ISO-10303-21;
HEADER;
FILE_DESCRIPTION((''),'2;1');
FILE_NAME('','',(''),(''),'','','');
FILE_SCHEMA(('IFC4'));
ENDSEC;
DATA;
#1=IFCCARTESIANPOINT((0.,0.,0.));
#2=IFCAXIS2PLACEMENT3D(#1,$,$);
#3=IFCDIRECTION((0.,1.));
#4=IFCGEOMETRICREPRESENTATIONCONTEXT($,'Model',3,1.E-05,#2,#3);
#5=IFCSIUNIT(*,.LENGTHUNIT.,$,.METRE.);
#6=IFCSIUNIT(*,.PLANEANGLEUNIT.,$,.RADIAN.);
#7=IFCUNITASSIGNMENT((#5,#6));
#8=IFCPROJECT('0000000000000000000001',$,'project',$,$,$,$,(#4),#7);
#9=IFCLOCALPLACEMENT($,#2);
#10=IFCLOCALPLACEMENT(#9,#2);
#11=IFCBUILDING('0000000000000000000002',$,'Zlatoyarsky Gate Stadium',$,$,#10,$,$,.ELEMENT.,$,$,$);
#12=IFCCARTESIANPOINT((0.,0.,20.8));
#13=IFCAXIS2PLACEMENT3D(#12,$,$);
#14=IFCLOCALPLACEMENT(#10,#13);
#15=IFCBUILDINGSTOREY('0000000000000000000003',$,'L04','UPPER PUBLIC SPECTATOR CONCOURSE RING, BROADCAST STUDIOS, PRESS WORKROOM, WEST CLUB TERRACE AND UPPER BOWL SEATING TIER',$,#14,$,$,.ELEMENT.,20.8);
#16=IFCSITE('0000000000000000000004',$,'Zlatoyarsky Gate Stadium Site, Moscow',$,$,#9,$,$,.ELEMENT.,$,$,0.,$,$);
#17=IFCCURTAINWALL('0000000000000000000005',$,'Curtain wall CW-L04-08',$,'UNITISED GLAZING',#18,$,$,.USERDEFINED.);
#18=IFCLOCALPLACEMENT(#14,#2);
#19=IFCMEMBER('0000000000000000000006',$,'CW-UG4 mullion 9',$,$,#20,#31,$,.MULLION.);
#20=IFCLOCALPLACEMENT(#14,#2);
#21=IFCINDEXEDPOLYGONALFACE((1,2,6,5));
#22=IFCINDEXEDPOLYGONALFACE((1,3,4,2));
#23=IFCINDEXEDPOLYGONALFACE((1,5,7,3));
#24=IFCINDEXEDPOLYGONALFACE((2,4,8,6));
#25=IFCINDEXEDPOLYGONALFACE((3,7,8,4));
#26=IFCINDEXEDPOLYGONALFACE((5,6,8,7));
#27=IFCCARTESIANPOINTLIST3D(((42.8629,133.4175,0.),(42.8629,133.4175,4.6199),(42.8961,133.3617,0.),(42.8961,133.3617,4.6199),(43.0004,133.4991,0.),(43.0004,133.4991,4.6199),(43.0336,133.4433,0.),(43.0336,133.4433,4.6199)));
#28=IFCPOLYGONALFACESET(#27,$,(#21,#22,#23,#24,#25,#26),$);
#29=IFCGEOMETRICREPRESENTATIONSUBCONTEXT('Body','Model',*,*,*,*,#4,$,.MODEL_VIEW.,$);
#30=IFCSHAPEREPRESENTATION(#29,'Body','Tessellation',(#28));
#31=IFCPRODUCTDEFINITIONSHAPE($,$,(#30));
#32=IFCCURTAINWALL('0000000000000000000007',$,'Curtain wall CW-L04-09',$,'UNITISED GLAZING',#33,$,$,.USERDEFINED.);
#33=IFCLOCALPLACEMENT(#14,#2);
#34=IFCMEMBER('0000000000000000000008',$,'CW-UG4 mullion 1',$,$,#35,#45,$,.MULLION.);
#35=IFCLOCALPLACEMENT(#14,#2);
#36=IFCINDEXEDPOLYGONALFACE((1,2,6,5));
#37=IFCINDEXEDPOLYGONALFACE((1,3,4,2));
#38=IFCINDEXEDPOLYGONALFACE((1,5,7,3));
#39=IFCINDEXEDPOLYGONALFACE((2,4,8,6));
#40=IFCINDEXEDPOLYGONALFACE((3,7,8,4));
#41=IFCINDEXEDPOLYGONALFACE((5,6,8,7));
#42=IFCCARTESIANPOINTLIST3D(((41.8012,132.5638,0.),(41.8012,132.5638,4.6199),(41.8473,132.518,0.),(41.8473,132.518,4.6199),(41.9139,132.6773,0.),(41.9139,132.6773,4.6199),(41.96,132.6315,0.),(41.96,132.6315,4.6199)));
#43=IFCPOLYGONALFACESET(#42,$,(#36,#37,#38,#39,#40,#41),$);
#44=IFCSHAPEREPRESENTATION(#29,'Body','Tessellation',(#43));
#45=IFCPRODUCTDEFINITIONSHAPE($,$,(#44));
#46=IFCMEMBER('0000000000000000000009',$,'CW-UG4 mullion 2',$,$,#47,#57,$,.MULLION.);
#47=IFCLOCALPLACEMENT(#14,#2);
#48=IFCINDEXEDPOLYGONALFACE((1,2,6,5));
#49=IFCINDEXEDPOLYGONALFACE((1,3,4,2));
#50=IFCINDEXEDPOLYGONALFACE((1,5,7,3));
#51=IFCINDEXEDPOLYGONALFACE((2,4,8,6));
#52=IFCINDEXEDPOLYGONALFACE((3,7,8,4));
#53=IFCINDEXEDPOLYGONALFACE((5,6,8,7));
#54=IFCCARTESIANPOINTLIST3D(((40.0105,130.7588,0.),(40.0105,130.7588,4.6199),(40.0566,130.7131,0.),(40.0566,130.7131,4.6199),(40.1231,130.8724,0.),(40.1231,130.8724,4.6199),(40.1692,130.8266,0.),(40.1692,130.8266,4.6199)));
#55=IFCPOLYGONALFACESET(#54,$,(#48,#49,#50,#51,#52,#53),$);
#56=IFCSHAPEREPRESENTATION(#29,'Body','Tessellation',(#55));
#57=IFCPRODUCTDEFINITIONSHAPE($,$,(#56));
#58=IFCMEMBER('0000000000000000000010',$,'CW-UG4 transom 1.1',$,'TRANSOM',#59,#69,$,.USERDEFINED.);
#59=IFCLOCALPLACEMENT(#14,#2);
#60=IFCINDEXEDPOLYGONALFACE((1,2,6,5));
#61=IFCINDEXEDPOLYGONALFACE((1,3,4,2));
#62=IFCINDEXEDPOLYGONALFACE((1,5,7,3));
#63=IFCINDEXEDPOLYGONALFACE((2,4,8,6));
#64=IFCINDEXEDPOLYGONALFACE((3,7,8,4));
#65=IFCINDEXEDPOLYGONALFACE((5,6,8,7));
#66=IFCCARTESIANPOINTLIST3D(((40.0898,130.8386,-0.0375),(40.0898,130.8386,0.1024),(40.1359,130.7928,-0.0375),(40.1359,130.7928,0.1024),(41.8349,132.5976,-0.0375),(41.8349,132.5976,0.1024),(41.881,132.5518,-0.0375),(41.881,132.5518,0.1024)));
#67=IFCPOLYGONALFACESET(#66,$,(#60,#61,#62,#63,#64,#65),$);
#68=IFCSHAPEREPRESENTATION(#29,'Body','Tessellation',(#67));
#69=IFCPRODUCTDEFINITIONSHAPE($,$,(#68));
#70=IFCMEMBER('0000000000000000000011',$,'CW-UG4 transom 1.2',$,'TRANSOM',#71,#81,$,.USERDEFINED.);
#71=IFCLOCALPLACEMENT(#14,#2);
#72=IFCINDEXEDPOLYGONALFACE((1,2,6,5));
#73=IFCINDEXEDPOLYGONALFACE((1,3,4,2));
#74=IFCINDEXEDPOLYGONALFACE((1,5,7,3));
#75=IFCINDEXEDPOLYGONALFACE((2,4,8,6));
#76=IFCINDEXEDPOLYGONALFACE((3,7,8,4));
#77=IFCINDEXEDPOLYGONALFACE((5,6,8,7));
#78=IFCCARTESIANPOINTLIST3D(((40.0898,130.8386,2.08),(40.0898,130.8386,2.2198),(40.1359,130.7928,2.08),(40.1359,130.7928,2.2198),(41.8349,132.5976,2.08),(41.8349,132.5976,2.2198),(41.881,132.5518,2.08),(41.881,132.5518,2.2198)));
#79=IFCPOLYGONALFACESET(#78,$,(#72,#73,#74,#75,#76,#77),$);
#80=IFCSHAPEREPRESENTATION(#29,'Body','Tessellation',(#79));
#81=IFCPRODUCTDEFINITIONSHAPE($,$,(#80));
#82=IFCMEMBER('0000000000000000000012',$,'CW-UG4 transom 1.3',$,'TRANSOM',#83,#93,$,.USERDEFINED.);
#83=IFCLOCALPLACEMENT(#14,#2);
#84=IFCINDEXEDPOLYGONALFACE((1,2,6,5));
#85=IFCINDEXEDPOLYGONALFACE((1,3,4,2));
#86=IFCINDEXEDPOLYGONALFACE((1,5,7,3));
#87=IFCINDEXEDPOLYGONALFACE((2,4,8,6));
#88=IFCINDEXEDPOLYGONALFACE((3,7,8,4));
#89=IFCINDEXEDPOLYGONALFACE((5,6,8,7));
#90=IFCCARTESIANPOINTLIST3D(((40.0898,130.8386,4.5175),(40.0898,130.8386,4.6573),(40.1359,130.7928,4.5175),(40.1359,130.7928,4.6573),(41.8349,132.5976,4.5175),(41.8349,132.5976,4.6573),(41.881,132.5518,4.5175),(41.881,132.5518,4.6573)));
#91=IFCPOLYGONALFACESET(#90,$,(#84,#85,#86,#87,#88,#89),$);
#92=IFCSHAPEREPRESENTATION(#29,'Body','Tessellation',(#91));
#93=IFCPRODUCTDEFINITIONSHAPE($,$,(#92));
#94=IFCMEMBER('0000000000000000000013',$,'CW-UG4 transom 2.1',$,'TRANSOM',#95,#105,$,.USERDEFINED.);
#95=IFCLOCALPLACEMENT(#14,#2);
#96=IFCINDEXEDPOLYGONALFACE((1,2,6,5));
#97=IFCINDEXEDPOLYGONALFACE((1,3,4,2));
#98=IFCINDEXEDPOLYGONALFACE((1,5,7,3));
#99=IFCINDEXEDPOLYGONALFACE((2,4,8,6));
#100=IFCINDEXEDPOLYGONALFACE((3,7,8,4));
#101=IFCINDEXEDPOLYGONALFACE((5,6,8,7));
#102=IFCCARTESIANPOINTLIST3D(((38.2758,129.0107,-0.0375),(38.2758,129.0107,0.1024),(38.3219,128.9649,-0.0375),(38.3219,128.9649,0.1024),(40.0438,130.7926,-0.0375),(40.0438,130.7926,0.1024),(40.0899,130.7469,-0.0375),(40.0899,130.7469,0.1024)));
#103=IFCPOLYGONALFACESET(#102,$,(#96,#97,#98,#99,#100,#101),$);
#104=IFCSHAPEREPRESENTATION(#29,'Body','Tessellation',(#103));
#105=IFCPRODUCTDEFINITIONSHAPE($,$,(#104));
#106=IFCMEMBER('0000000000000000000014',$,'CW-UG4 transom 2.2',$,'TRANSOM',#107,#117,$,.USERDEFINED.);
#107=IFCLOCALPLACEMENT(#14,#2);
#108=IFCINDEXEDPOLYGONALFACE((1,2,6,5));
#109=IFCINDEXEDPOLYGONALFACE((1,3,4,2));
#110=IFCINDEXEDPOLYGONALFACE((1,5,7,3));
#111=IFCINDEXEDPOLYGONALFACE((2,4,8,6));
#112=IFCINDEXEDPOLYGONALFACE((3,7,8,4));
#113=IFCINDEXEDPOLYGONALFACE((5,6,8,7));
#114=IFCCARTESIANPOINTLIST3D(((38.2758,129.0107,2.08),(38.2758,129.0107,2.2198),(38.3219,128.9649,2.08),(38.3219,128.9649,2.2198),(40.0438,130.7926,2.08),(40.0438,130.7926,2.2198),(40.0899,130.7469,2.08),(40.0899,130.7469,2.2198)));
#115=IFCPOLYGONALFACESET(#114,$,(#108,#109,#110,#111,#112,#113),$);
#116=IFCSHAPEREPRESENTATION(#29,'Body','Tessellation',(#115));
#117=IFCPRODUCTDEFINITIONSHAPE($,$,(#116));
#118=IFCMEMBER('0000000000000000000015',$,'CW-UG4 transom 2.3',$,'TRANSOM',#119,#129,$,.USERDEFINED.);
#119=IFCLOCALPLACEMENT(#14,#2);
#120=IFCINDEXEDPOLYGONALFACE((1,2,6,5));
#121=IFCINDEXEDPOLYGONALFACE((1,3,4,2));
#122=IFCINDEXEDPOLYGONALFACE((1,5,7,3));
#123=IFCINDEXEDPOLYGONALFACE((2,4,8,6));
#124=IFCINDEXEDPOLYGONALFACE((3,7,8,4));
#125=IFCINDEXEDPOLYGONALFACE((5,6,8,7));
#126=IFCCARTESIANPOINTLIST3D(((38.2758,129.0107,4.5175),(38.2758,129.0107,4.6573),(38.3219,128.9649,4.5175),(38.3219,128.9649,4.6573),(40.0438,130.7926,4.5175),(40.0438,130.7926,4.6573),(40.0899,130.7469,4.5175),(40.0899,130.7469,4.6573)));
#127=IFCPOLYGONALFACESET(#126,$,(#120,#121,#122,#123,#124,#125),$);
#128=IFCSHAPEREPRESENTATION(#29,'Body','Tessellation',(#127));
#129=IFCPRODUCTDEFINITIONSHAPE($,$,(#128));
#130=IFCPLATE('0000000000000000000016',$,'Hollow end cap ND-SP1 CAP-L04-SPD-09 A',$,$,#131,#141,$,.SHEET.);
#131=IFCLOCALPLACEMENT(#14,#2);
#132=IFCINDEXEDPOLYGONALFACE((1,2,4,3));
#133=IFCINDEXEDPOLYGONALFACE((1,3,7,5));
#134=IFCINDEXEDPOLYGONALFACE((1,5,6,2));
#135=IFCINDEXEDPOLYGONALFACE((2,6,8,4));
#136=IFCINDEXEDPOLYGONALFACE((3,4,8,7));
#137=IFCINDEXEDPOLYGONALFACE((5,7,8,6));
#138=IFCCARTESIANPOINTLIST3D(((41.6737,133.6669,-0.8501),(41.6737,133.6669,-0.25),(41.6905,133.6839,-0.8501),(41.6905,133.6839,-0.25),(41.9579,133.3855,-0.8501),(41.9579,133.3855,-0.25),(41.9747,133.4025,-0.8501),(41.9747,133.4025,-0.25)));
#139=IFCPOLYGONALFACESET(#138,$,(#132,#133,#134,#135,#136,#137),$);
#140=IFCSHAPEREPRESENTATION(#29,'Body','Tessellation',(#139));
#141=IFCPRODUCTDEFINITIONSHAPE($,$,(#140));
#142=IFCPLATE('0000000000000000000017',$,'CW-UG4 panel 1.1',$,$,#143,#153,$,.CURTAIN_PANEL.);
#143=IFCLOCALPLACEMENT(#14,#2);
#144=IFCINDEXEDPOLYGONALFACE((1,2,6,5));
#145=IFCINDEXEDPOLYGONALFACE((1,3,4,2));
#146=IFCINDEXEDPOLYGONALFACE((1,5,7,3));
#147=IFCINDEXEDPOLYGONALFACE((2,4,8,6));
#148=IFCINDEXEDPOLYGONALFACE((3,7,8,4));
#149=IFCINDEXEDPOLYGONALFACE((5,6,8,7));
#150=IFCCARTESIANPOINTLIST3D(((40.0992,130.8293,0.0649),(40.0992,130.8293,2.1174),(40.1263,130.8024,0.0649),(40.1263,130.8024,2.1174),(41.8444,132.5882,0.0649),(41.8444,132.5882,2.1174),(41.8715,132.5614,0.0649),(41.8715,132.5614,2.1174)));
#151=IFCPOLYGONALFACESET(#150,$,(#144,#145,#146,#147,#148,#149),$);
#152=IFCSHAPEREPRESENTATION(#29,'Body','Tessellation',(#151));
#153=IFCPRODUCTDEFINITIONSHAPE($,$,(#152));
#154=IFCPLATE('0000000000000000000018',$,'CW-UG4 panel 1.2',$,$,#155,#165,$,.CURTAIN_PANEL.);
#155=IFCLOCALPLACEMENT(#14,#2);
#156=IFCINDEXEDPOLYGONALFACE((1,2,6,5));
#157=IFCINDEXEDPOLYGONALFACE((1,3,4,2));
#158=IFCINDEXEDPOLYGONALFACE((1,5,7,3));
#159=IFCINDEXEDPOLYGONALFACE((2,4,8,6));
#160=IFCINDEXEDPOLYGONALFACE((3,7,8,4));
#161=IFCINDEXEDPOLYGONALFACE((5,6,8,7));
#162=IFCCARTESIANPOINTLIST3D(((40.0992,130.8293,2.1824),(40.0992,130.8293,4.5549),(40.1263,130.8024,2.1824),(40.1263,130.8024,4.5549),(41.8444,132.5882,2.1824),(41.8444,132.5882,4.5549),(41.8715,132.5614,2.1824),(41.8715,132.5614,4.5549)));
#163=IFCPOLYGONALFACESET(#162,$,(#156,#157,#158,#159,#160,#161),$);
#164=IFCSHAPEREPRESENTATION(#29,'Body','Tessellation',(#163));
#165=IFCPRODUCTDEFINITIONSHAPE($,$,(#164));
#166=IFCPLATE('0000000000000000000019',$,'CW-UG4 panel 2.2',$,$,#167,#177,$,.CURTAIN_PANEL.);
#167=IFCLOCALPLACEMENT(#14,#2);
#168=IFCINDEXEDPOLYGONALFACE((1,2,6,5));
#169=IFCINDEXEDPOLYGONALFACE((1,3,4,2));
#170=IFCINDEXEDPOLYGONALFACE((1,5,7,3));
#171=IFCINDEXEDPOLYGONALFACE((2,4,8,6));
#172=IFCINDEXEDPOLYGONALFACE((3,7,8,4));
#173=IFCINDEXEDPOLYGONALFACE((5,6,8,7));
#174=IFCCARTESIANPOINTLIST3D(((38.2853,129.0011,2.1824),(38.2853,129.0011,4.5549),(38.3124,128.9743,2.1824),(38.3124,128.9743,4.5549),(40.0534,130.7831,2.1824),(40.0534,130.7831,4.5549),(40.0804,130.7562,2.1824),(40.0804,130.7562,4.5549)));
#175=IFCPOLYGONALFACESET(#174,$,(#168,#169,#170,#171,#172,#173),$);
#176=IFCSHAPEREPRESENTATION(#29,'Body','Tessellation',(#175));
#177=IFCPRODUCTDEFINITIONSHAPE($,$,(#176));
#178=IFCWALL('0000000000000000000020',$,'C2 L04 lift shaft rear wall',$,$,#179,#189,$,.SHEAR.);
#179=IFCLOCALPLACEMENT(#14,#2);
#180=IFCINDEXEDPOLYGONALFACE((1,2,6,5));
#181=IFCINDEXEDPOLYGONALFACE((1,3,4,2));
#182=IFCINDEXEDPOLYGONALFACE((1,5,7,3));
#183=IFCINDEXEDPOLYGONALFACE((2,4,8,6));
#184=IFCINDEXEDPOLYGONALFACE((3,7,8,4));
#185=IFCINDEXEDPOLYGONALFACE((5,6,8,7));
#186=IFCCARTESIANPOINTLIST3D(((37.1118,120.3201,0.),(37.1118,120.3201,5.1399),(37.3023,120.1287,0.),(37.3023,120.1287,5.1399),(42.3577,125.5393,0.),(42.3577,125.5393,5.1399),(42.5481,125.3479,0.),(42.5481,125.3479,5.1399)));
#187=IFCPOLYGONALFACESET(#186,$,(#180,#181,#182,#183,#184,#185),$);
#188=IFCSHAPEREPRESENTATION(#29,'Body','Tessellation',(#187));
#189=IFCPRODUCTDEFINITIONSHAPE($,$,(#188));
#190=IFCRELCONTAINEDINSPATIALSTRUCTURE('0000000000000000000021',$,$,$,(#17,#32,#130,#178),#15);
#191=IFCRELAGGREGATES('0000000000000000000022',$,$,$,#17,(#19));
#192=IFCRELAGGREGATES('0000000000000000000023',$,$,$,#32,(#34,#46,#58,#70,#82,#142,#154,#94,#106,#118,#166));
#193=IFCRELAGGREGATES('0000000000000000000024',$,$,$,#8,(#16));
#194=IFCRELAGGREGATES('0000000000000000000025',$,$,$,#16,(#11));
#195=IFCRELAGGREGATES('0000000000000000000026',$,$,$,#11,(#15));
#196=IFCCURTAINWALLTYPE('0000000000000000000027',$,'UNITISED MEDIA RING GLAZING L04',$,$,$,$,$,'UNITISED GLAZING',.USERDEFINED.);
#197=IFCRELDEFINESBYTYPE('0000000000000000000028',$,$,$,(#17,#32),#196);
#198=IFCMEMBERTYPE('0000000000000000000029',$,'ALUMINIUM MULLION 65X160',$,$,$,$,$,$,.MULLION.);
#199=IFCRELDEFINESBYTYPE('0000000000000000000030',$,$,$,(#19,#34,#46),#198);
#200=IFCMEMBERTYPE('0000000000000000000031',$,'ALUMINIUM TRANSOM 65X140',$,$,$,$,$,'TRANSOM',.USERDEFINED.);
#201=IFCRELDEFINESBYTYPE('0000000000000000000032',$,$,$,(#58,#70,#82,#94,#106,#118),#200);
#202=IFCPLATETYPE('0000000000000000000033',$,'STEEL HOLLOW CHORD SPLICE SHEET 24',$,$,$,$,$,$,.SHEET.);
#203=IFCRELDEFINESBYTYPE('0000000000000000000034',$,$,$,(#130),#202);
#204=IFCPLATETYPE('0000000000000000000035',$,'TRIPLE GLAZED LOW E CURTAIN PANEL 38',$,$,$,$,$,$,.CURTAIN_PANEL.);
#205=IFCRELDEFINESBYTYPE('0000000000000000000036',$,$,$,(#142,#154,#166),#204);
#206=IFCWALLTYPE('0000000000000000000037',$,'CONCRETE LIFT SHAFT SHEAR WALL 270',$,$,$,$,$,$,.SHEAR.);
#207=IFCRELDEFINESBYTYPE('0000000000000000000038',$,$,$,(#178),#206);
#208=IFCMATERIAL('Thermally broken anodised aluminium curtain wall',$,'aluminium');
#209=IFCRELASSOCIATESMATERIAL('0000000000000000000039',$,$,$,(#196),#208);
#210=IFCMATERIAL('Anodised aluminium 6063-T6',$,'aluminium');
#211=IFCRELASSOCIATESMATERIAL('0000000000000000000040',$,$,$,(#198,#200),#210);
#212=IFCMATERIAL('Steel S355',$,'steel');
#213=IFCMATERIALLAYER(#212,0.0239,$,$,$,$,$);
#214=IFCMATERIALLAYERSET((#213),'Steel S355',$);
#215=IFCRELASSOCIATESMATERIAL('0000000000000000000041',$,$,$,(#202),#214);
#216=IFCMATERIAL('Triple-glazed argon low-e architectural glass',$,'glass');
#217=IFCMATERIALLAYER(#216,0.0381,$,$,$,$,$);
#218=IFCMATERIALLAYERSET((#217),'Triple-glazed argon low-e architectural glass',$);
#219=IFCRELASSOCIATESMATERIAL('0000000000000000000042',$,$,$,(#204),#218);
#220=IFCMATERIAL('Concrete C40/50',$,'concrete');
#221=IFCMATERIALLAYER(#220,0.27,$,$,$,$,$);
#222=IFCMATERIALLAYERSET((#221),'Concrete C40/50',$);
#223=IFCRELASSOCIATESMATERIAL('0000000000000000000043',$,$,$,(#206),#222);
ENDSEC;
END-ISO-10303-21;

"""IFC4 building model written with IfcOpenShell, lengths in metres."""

from ifc_helpers import new_model, si_unit, direction, frame, frame_2d, origin, origin_2d, place, context, subcontext, project, spatial, rectangle, extrude, material, layer, layer_set, material_profile, profile_set, type_object, element, aggregate, save


model = new_model("IFC4")

# Units and contexts
model_context = context("Model", 3, precision=1e-05, world=origin(), true_north=direction((0.0, 1.0)))
body_context = subcontext(model_context, "Body", "Model", "MODEL_VIEW")
ifc_project = project(units=[si_unit("LENGTHUNIT", "METRE"), si_unit("PLANEANGLEUNIT", "RADIAN")], contexts=[model_context])

# Site, building, storey
site_placement = place(None, origin())
site = spatial("IfcSite", under=ifc_project, at=site_placement, Name="Zlatoyarsky Gate Stadium Site, Moscow", CompositionType="ELEMENT", RefElevation=0.0)
building_placement = place(site_placement, origin())
building = spatial("IfcBuilding", under=site, at=building_placement, Name="Zlatoyarsky Gate Stadium", CompositionType="ELEMENT")
storey_placement = place(building_placement, frame((0.0, 0.0, 20.8)))
storey = spatial("IfcBuildingStorey", under=building, at=storey_placement, Name="L04", Description="UPPER PUBLIC SPECTATOR CONCOURSE RING, BROADCAST STUDIOS, PRESS WORKROOM, WEST CLUB TERRACE AND UPPER BOWL SEATING TIER", CompositionType="ELEMENT", Elevation=20.8)

# Curtain wall, member
ifc_material_1 = material(Name="Thermally broken anodised aluminium curtain wall", Category="aluminium")
curtain_wall_type = type_object("IfcCurtainWallType", Name="UNITISED MEDIA RING GLAZING L04", ElementType="UNITISED GLAZING", PredefinedType="USERDEFINED", material=ifc_material_1)
curtain_wall_1_placement = place(storey_placement, origin())
curtain_wall_1 = element("IfcCurtainWall", 1, at=curtain_wall_1_placement, inside=storey, type_object=curtain_wall_type, Name="Curtain wall CW-L04-08", ObjectType="UNITISED GLAZING", PredefinedType="USERDEFINED")
ifc_material_2 = material(Name="Anodised aluminium 6063-T6", Category="aluminium")
ifc_material_profile_1 = material_profile(ifc_material_2, rectangle(XDim=0.0649, YDim=0.1599, at=origin_2d()), Name="ALU 65X160")
ifc_profile_set_1 = profile_set([ifc_material_profile_1], Name="Anodised aluminium 6063-T6")
member_type_1 = type_object("IfcMemberType", Name="ALUMINIUM MULLION 65X160", PredefinedType="MULLION", material=ifc_profile_set_1)
member_1_placement = place(storey_placement, frame((42.9482, 133.4304, 0.0), z_axis=(0.0, 0.0, 1.0), x_axis=(0.51033, -0.859978, 0.0)))
member_1 = element("IfcMember", 2, at=member_1_placement, type_object=member_type_1, Name="CW-UG4 mullion 9", PredefinedType="MULLION", context=body_context, shape_type="SweptSolid", body=[
    extrude(rectangle(XDim=0.0649, YDim=0.1599, at=origin_2d()), origin(), (0.0, 0.0, 1.0), 4.6199),
])
aggregate(curtain_wall_1, [member_1])

# Curtain wall, members
curtain_wall_2_placement = place(storey_placement, origin())
curtain_wall_2 = element("IfcCurtainWall", 3, at=curtain_wall_2_placement, inside=storey, type_object=curtain_wall_type, Name="Curtain wall CW-L04-09", ObjectType="UNITISED GLAZING", PredefinedType="USERDEFINED")
member_2_placement = place(storey_placement, frame((41.8806, 132.5977, 0.0), z_axis=(0.0, 0.0, 1.0), x_axis=(0.709871, -0.704332, 0.0)))
member_2 = element("IfcMember", 4, at=member_2_placement, type_object=member_type_1, Name="CW-UG4 mullion 1", PredefinedType="MULLION", context=body_context, shape_type="SweptSolid", body=[
    extrude(rectangle(XDim=0.0649, YDim=0.1599, at=origin_2d()), origin(), (0.0, 0.0, 1.0), 4.6199),
])
member_3_placement = place(storey_placement, frame((40.0898, 130.7927, 0.0), z_axis=(0.0, 0.0, 1.0), x_axis=(0.709871, -0.704332, 0.0)))
member_3 = element("IfcMember", 5, at=member_3_placement, type_object=member_type_1, Name="CW-UG4 mullion 2", PredefinedType="MULLION", context=body_context, shape_type="SweptSolid", body=[
    extrude(rectangle(XDim=0.0649, YDim=0.1599, at=origin_2d()), origin(), (0.0, 0.0, 1.0), 4.6199),
])
ifc_material_profile_2 = material_profile(ifc_material_2, rectangle(XDim=0.0649, YDim=0.1399, at=origin_2d()), Name="ALU 65X140")
ifc_profile_set_2 = profile_set([ifc_material_profile_2], Name="Anodised aluminium 6063-T6")
member_type_2 = type_object("IfcMemberType", Name="ALUMINIUM TRANSOM 65X140", ElementType="TRANSOM", PredefinedType="USERDEFINED", material=ifc_profile_set_2)
member_4_placement = place(storey_placement, frame((41.8579, 132.5747, 0.0325), z_axis=(-0.704293, -0.709909, 0.0), x_axis=(0.709909, -0.704293, 0.0)))
member_4 = element("IfcMember", 6, at=member_4_placement, type_object=member_type_2, Name="CW-UG4 transom 1.1", ObjectType="TRANSOM", PredefinedType="USERDEFINED", context=body_context, shape_type="SweptSolid", body=[
    extrude(rectangle(XDim=0.0649, YDim=0.1399, at=origin_2d()), origin(), (0.0, 0.0, 1.0), 2.4778),
])
member_5_placement = place(storey_placement, frame((41.8579, 132.5747, 2.1499), z_axis=(-0.704293, -0.709909, 0.0), x_axis=(0.709909, -0.704293, 0.0)))
member_5 = element("IfcMember", 7, at=member_5_placement, type_object=member_type_2, Name="CW-UG4 transom 1.2", ObjectType="TRANSOM", PredefinedType="USERDEFINED", context=body_context, shape_type="SweptSolid", body=[
    extrude(rectangle(XDim=0.0649, YDim=0.1399, at=origin_2d()), origin(), (0.0, 0.0, 1.0), 2.4778),
])
member_6_placement = place(storey_placement, frame((41.8579, 132.5747, 4.5874), z_axis=(-0.704293, -0.709909, 0.0), x_axis=(0.709909, -0.704293, 0.0)))
member_6 = element("IfcMember", 8, at=member_6_placement, type_object=member_type_2, Name="CW-UG4 transom 1.3", ObjectType="TRANSOM", PredefinedType="USERDEFINED", context=body_context, shape_type="SweptSolid", body=[
    extrude(rectangle(XDim=0.0649, YDim=0.1399, at=origin_2d()), origin(), (0.0, 0.0, 1.0), 2.4778),
])
member_7_placement = place(storey_placement, frame((40.0669, 130.7698, 0.0325), z_axis=(-0.70433, -0.709873, 0.0), x_axis=(0.709873, -0.70433, 0.0)))
member_7 = element("IfcMember", 9, at=member_7_placement, type_object=member_type_2, Name="CW-UG4 transom 2.1", ObjectType="TRANSOM", PredefinedType="USERDEFINED", context=body_context, shape_type="SweptSolid", body=[
    extrude(rectangle(XDim=0.0649, YDim=0.1399, at=origin_2d()), origin(), (0.0, 0.0, 1.0), 2.5103),
])
member_8_placement = place(storey_placement, frame((40.0669, 130.7698, 2.1499), z_axis=(-0.70433, -0.709873, 0.0), x_axis=(0.709873, -0.70433, 0.0)))
member_8 = element("IfcMember", 10, at=member_8_placement, type_object=member_type_2, Name="CW-UG4 transom 2.2", ObjectType="TRANSOM", PredefinedType="USERDEFINED", context=body_context, shape_type="SweptSolid", body=[
    extrude(rectangle(XDim=0.0649, YDim=0.1399, at=origin_2d()), origin(), (0.0, 0.0, 1.0), 2.5103),
])
member_9_placement = place(storey_placement, frame((40.0669, 130.7698, 4.5874), z_axis=(-0.70433, -0.709873, 0.0), x_axis=(0.709873, -0.70433, 0.0)))
member_9 = element("IfcMember", 11, at=member_9_placement, type_object=member_type_2, Name="CW-UG4 transom 2.3", ObjectType="TRANSOM", PredefinedType="USERDEFINED", context=body_context, shape_type="SweptSolid", body=[
    extrude(rectangle(XDim=0.0649, YDim=0.1399, at=origin_2d()), origin(), (0.0, 0.0, 1.0), 2.5103),
])

# Plates
ifc_material_3 = material(Name="Steel S355", Category="steel")
ifc_layer_1 = layer(ifc_material_3, 0.0239)
ifc_layer_set_1 = layer_set([ifc_layer_1], Name="Steel S355")
plate_type_1 = type_object("IfcPlateType", Name="STEEL HOLLOW CHORD SPLICE SHEET 24", PredefinedType="SHEET", material=ifc_layer_set_1)
plate_1_placement = place(storey_placement, frame((41.8242, 133.5347, -0.8501), z_axis=(0.0, 0.0, 1.0), x_axis=(-0.703591, -0.710605, 0.0)))
element("IfcPlate", 12, at=plate_1_placement, inside=storey, type_object=plate_type_1, Name="Hollow end cap ND-SP1 CAP-L04-SPD-09 A", PredefinedType="SHEET", context=body_context, shape_type="SweptSolid", body=[
    extrude(rectangle(XDim=0.0239, YDim=0.3999, at=origin_2d()), origin(), (0.0, 0.0, 1.0), 0.6001),
])
ifc_material_4 = material(Name="Triple-glazed argon low-e architectural glass", Category="glass")
ifc_layer_2 = layer(ifc_material_4, 0.0381)
ifc_layer_set_2 = layer_set([ifc_layer_2], Name="Triple-glazed argon low-e architectural glass")
plate_type_2 = type_object("IfcPlateType", Name="TRIPLE GLAZED LOW E CURTAIN PANEL 38", PredefinedType="CURTAIN_PANEL", material=ifc_layer_set_2)
plate_2_placement = place(storey_placement, frame((40.9854, 131.6953, 0.0649), z_axis=(0.0, 0.0, 1.0), x_axis=(-0.704332, -0.709871, 0.0)))
plate_2 = element("IfcPlate", 13, at=plate_2_placement, type_object=plate_type_2, Name="CW-UG4 panel 1.1", PredefinedType="CURTAIN_PANEL", context=body_context, shape_type="SweptSolid", body=[
    extrude(rectangle(XDim=2.4778, YDim=0.0381, at=origin_2d()), origin(), (0.0, 0.0, 1.0), 2.0525),
])
plate_3_placement = place(storey_placement, frame((40.9854, 131.6953, 2.1824), z_axis=(0.0, 0.0, 1.0), x_axis=(-0.704332, -0.709871, 0.0)))
plate_3 = element("IfcPlate", 14, at=plate_3_placement, type_object=plate_type_2, Name="CW-UG4 panel 1.2", PredefinedType="CURTAIN_PANEL", context=body_context, shape_type="SweptSolid", body=[
    extrude(rectangle(XDim=2.4778, YDim=0.0381, at=origin_2d()), origin(), (0.0, 0.0, 1.0), 2.3726),
])
plate_4_placement = place(storey_placement, frame((39.1829, 129.8787, 2.1824), z_axis=(0.0, 0.0, 1.0), x_axis=(-0.704332, -0.709871, 0.0)))
plate_4 = element("IfcPlate", 15, at=plate_4_placement, type_object=plate_type_2, Name="CW-UG4 panel 2.2", PredefinedType="CURTAIN_PANEL", context=body_context, shape_type="SweptSolid", body=[
    extrude(rectangle(XDim=2.5103, YDim=0.0381, at=origin_2d()), origin(), (0.0, 0.0, 1.0), 2.3726),
])
aggregate(curtain_wall_2, [member_2, member_3, member_4, member_5, member_6, plate_2, plate_3, member_7, member_8, member_9, plate_4])

# Wall
ifc_material_5 = material(Name="Concrete C40/50", Category="concrete")
ifc_layer_3 = layer(ifc_material_5, 0.27)
ifc_layer_set_3 = layer_set([ifc_layer_3], Name="Concrete C40/50")
wall_type_1 = type_object("IfcWallType", Name="CONCRETE LIFT SHAFT SHEAR WALL 270", PredefinedType="SHEAR", material=ifc_layer_set_3)
wall_1_placement = place(storey_placement, frame((42.4529, 125.4436, 0.0), z_axis=(0.0, 0.0, 1.0), x_axis=(-0.708903, -0.705306, 0.0)))
element("IfcWall", 16, at=wall_1_placement, inside=storey, type_object=wall_type_1, Name="C2 L04 lift shaft rear wall", PredefinedType="SHEAR", context=body_context, shape_type="SweptSolid", body=[
    extrude(rectangle(XDim=7.3999, YDim=0.27, at=frame_2d((3.7, 0.0))), origin(), (0.0, 0.0, 1.0), 5.1399),
])

save(model, "model.ifc")
